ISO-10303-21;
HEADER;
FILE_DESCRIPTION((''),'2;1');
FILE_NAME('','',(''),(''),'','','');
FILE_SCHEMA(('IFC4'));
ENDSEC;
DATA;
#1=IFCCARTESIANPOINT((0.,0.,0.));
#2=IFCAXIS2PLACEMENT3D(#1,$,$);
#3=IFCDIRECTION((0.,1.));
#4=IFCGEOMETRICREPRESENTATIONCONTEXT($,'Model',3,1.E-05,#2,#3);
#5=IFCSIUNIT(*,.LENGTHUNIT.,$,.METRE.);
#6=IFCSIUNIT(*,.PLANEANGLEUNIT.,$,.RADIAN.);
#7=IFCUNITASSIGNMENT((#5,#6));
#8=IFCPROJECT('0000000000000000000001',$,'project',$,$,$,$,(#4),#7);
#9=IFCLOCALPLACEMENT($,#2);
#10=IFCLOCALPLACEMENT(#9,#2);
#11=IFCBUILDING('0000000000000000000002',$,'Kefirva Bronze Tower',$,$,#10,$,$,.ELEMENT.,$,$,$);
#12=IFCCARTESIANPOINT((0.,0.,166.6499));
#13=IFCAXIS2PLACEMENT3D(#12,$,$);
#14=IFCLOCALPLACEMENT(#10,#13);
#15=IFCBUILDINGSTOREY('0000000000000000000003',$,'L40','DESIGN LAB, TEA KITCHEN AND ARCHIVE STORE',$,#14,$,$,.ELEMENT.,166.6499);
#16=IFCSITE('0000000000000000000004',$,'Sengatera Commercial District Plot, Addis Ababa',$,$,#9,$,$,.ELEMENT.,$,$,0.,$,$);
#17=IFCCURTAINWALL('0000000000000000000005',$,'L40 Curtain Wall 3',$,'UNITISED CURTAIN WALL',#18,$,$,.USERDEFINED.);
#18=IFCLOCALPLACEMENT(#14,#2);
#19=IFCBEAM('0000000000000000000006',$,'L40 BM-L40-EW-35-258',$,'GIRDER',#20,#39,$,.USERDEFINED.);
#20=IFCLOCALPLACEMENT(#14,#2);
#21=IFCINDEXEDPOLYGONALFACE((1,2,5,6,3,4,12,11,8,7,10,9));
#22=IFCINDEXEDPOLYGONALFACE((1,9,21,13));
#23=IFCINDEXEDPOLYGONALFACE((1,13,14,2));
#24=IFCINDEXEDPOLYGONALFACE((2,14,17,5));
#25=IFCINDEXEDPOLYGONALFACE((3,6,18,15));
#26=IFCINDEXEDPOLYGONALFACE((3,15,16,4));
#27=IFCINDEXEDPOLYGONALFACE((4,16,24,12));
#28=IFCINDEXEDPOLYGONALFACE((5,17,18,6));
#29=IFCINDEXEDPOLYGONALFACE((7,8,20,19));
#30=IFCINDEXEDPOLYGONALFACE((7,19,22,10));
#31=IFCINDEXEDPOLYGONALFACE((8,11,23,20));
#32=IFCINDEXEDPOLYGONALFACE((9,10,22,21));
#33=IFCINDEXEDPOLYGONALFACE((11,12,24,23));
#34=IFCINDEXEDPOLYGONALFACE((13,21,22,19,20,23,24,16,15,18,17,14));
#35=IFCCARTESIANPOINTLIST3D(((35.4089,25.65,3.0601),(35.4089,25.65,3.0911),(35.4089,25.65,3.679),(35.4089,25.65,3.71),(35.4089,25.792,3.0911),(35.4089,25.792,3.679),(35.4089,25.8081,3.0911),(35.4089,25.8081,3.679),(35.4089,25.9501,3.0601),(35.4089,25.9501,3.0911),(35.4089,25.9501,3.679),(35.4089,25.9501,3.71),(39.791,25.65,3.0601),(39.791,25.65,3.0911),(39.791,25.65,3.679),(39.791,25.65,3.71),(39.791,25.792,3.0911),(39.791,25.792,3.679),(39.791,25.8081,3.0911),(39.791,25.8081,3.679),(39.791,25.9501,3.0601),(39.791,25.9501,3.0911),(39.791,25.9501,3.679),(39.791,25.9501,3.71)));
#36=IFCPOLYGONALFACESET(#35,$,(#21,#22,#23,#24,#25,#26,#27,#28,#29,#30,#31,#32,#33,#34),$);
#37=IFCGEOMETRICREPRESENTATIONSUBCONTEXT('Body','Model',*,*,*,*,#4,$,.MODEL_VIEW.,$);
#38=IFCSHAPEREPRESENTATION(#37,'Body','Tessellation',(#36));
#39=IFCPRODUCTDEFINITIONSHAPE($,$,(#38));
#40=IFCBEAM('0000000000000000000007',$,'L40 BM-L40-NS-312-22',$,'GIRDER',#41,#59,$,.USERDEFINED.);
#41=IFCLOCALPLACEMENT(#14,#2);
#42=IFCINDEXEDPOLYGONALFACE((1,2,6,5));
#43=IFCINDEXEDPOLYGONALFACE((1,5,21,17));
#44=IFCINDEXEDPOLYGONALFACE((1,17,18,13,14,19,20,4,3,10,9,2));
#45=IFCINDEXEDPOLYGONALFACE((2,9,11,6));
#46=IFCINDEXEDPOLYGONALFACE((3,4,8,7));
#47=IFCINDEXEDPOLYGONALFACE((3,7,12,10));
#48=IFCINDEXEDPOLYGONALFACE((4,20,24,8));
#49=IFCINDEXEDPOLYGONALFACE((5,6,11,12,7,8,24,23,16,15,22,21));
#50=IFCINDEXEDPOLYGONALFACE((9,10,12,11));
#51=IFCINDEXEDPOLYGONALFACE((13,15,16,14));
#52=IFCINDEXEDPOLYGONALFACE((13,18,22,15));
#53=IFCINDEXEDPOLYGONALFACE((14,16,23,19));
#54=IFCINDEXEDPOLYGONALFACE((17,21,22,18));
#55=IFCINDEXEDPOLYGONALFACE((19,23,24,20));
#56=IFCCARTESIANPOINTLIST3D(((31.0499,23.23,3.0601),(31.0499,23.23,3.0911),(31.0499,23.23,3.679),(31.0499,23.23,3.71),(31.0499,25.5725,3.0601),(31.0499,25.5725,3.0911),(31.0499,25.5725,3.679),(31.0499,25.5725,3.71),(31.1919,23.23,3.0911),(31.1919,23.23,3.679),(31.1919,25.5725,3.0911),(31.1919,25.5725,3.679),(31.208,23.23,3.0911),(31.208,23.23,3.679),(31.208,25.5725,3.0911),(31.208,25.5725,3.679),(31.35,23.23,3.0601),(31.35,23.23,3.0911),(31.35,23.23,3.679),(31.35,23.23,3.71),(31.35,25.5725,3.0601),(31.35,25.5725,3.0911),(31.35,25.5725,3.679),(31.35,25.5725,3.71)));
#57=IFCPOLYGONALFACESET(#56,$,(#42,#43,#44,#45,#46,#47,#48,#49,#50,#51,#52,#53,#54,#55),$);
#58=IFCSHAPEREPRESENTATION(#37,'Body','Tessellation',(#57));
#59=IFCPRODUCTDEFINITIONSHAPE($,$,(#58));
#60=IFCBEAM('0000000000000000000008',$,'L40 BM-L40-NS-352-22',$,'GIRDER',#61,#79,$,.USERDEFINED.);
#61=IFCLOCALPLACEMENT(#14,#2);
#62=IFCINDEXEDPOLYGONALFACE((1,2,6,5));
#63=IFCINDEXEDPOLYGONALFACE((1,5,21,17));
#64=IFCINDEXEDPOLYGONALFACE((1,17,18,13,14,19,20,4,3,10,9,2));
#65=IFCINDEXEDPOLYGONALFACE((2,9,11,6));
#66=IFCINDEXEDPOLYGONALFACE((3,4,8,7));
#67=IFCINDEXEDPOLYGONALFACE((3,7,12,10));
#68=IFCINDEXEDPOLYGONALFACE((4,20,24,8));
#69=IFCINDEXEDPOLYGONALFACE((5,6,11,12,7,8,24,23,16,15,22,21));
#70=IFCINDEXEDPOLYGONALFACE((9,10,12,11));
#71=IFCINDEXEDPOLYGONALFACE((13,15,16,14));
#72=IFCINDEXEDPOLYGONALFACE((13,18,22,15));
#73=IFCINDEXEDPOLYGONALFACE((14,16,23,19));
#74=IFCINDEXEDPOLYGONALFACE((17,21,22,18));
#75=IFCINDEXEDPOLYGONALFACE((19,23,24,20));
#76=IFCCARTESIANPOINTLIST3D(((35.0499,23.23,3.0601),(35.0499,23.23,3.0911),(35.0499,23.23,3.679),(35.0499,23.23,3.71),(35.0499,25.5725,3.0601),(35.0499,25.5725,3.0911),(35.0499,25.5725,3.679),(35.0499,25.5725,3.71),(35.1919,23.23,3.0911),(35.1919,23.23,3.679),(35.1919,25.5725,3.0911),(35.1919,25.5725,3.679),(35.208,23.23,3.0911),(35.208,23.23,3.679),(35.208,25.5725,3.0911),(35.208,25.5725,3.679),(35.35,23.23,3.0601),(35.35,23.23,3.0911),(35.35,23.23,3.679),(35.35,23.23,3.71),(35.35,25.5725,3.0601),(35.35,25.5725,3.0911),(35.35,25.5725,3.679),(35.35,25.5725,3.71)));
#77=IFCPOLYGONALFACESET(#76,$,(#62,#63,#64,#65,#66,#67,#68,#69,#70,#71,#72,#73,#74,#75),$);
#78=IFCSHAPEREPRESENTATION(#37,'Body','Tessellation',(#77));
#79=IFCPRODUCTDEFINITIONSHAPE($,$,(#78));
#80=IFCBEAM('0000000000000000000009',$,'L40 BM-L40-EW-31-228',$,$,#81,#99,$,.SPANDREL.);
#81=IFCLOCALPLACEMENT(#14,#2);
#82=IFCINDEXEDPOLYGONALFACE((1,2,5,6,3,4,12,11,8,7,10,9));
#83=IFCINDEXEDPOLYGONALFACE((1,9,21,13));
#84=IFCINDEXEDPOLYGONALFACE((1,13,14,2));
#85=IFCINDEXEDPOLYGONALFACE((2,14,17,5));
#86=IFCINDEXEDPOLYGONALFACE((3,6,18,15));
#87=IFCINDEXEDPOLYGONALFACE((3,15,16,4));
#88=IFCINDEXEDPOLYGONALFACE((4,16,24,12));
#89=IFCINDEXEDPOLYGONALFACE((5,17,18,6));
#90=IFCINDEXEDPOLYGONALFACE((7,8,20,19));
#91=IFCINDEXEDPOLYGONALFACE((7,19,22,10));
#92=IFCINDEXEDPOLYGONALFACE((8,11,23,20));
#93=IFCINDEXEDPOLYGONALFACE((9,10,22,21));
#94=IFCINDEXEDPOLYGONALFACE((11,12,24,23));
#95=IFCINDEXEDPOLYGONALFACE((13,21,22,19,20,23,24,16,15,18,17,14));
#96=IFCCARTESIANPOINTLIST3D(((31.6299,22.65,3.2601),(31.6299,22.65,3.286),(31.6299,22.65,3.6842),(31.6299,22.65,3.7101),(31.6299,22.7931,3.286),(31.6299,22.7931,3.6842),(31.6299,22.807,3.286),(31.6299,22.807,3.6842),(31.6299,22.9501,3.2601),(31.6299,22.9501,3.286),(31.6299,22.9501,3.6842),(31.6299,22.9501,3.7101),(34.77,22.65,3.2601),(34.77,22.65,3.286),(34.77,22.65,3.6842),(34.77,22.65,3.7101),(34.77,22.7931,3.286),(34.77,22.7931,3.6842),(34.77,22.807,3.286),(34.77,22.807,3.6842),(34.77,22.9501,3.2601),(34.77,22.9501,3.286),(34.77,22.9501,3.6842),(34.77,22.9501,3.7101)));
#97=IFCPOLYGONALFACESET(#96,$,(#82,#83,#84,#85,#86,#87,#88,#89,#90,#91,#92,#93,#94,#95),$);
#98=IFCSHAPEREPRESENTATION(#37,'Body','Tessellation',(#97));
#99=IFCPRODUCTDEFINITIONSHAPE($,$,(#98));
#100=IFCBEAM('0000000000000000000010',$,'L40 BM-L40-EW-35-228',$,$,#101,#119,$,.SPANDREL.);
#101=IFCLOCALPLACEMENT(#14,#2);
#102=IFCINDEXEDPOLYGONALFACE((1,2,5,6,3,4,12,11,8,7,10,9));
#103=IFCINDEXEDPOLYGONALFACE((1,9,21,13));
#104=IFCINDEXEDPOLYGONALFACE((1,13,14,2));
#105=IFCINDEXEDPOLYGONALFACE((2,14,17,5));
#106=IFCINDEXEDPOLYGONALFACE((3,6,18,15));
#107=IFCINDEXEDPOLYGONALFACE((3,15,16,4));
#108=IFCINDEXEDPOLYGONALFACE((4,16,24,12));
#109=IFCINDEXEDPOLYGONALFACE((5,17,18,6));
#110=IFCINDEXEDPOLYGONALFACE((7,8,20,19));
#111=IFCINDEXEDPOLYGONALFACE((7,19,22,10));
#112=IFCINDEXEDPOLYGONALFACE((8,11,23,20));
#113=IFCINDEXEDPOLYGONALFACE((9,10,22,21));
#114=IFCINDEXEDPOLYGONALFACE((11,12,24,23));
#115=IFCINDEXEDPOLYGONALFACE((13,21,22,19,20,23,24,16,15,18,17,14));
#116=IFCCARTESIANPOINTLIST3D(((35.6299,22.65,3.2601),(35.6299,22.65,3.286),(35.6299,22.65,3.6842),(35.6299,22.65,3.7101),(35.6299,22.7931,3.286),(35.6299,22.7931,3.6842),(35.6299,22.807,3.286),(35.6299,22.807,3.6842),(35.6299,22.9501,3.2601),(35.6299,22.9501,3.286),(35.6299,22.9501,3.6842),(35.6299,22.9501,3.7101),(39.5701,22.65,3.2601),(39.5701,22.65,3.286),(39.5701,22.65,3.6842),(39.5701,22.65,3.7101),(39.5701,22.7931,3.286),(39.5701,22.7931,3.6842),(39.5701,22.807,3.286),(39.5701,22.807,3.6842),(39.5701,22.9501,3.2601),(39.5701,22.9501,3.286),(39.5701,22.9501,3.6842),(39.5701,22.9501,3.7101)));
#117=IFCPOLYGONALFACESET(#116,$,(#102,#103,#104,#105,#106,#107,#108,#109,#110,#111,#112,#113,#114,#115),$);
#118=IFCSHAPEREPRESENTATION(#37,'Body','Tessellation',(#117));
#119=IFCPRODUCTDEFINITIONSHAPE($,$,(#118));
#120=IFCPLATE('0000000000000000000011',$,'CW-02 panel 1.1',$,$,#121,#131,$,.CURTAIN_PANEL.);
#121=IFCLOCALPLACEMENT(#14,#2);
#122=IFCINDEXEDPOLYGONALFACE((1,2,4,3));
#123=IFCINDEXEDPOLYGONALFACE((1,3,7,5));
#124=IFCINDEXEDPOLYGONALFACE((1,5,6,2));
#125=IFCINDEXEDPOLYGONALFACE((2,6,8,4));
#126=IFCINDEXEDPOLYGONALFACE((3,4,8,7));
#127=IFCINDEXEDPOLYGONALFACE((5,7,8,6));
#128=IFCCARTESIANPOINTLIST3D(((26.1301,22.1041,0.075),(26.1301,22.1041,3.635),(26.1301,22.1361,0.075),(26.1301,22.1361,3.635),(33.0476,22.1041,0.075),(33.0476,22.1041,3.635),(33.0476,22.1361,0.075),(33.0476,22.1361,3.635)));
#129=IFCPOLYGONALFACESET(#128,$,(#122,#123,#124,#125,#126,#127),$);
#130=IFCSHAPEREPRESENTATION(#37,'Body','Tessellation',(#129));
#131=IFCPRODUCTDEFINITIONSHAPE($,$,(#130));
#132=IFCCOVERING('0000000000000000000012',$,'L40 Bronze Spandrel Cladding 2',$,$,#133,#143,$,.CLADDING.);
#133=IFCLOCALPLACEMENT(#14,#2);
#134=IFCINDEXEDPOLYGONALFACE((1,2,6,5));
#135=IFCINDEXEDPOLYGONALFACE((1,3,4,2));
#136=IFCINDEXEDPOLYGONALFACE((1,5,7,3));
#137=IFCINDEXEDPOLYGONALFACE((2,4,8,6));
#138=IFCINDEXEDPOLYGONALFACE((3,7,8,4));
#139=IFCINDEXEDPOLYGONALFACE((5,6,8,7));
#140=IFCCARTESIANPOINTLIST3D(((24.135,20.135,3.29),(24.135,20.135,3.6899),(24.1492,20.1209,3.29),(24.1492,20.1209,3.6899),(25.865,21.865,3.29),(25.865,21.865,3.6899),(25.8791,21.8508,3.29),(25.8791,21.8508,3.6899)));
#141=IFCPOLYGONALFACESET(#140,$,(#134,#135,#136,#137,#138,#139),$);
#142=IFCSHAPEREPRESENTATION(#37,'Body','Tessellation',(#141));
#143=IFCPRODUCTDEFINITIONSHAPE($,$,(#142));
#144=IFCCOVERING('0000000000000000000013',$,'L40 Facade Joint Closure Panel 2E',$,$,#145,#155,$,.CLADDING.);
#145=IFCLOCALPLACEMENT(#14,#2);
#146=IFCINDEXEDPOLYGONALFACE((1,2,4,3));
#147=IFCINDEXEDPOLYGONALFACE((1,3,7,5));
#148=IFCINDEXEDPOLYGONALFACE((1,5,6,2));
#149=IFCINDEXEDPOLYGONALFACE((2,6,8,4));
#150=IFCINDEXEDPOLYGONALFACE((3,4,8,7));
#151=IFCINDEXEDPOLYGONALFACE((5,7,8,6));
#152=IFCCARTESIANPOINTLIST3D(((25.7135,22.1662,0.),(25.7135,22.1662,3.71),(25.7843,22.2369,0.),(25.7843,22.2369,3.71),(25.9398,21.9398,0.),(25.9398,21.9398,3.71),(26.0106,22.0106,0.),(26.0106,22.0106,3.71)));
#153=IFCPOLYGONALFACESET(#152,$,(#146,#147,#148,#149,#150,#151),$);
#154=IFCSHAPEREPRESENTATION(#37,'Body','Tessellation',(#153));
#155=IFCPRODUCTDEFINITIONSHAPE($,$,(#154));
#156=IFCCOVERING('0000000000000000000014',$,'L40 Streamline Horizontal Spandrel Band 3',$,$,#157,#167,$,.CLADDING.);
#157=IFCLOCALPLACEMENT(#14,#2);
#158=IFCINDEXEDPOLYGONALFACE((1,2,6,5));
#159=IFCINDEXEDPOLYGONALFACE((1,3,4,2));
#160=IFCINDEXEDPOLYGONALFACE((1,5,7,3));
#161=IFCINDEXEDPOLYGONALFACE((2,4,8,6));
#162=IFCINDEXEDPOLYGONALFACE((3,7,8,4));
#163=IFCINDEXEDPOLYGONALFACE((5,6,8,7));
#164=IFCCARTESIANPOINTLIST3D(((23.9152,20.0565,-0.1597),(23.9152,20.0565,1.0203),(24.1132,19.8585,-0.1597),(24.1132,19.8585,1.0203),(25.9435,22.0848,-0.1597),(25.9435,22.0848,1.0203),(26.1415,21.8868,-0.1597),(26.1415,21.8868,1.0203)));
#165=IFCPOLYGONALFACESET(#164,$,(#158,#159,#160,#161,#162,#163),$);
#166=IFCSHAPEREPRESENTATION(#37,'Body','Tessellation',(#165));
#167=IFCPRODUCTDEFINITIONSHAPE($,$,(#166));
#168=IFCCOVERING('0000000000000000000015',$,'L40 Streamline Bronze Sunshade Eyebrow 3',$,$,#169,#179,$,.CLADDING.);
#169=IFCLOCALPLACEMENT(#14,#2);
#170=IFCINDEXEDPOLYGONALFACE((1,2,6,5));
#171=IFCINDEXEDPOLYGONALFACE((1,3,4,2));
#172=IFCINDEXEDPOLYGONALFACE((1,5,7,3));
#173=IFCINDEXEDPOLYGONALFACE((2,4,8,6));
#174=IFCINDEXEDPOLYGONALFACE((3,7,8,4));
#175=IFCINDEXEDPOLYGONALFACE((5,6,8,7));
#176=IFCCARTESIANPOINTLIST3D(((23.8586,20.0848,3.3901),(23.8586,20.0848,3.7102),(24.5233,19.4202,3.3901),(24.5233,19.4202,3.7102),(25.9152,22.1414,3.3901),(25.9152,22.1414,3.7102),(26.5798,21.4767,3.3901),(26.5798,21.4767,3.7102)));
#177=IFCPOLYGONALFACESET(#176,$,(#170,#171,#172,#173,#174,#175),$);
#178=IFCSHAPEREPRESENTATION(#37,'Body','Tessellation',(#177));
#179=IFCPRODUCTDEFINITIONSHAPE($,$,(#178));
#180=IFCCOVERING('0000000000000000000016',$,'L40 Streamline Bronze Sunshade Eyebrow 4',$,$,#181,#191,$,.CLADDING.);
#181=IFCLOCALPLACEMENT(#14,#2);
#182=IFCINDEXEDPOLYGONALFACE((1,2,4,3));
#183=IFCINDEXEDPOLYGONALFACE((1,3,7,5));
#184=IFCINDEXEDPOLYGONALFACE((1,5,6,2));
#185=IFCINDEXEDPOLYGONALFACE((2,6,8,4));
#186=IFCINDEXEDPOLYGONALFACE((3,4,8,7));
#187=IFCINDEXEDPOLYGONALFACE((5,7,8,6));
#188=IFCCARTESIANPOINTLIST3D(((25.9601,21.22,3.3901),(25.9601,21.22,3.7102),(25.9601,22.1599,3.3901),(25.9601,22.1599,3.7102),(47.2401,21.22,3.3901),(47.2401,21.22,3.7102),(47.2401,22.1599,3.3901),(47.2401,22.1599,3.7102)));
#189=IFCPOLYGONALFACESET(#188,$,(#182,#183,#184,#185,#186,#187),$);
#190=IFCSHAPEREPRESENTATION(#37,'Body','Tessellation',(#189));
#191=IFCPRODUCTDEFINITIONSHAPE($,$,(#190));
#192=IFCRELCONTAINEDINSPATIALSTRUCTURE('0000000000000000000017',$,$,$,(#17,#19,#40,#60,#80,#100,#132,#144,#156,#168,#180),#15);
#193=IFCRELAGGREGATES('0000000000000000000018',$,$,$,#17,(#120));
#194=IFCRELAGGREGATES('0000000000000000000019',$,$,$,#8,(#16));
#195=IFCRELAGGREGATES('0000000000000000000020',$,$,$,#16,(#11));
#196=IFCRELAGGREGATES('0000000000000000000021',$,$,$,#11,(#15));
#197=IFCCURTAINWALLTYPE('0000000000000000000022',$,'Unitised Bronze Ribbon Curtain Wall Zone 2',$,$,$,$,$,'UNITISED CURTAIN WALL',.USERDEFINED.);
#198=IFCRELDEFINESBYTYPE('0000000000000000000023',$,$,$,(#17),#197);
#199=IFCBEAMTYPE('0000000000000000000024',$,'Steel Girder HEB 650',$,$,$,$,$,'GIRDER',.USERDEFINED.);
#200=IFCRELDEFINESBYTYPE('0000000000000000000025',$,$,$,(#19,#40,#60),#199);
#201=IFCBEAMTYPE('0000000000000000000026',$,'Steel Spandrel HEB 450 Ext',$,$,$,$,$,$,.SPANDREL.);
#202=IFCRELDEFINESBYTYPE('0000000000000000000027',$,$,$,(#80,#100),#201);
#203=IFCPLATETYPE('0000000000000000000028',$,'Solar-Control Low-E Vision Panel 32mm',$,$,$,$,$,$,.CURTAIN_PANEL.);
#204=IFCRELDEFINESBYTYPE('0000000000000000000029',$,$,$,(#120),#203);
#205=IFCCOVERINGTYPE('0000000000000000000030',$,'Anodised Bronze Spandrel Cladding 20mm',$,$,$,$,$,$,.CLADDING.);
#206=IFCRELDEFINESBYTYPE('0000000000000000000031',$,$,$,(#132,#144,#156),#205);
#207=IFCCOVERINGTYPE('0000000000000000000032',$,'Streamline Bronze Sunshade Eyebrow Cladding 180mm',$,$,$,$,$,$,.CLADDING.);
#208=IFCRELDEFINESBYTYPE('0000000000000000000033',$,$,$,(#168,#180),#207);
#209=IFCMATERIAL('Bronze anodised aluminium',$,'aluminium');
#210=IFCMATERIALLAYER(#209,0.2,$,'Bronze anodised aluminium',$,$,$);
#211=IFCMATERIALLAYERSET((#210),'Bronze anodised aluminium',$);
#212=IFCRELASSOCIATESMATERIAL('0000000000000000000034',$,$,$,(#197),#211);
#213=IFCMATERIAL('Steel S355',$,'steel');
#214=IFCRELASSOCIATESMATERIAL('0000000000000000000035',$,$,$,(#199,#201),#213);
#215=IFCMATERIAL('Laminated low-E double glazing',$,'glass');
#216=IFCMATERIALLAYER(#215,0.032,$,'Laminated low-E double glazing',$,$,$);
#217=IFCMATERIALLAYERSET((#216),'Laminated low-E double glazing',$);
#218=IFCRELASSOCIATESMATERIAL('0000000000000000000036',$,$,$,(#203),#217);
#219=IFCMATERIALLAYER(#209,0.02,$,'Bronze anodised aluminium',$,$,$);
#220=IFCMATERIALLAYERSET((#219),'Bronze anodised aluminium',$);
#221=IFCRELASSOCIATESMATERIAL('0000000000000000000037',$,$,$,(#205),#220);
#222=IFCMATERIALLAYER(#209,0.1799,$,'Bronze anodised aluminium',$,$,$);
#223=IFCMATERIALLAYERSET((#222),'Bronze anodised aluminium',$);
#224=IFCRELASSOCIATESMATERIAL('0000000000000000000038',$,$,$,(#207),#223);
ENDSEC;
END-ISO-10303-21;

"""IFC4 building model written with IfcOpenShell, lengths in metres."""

from ifc_helpers import new_model, si_unit, direction, frame, origin, origin_2d, place, context, subcontext, project, spatial, rectangle, i_section, extrude, material, layer, layer_set, material_profile, profile_set, type_object, element, aggregate, save


model = new_model("IFC4")

# Units and contexts
model_context = context("Model", 3, precision=1e-05, world=origin(), true_north=direction((0.0, 1.0)))
body_context = subcontext(model_context, "Body", "Model", "MODEL_VIEW")
ifc_project = project(units=[si_unit("LENGTHUNIT", "METRE"), si_unit("PLANEANGLEUNIT", "RADIAN")], contexts=[model_context])

# Site, building, storey
site_placement = place(None, origin())
site = spatial("IfcSite", under=ifc_project, at=site_placement, Name="Sengatera Commercial District Plot, Addis Ababa", CompositionType="ELEMENT", RefElevation=0.0)
building_placement = place(site_placement, origin())
building = spatial("IfcBuilding", under=site, at=building_placement, Name="Kefirva Bronze Tower", CompositionType="ELEMENT")
storey_placement = place(building_placement, frame((0.0, 0.0, 166.6499)))
storey = spatial("IfcBuildingStorey", under=building, at=storey_placement, Name="L40", Description="DESIGN LAB, TEA KITCHEN AND ARCHIVE STORE", CompositionType="ELEMENT", Elevation=166.6499)

# Curtain wall
ifc_material_1 = material(Name="Bronze anodised aluminium", Category="aluminium")
ifc_layer_1 = layer(ifc_material_1, 0.2, Name="Bronze anodised aluminium")
ifc_layer_set_1 = layer_set([ifc_layer_1], Name="Bronze anodised aluminium")
curtain_wall_type = type_object("IfcCurtainWallType", Name="Unitised Bronze Ribbon Curtain Wall Zone 2", ElementType="UNITISED CURTAIN WALL", PredefinedType="USERDEFINED", material=ifc_layer_set_1)
curtain_wall_placement = place(storey_placement, origin())
curtain_wall = element("IfcCurtainWall", 1, at=curtain_wall_placement, inside=storey, type_object=curtain_wall_type, Name="L40 Curtain Wall 3", ObjectType="UNITISED CURTAIN WALL", PredefinedType="USERDEFINED")

# Beams
ifc_material_2 = material(Name="Steel S355", Category="steel")
ifc_material_profile_1 = material_profile(ifc_material_2, i_section(OverallWidth=0.3, OverallDepth=0.6499, WebThickness=0.0161, FlangeThickness=0.031, at=origin_2d()), Name="HEB 650")
ifc_profile_set_1 = profile_set([ifc_material_profile_1], Name="Steel S355")
beam_type_1 = type_object("IfcBeamType", Name="Steel Girder HEB 650", ElementType="GIRDER", PredefinedType="USERDEFINED", material=ifc_profile_set_1)
beam_1_placement = place(storey_placement, frame((35.4089, 25.8, 3.385), z_axis=(1.0, 0.0, 0.0), x_axis=(0.0, 1.0, 0.0)))
element("IfcBeam", 2, at=beam_1_placement, inside=storey, type_object=beam_type_1, Name="L40 BM-L40-EW-35-258", ObjectType="GIRDER", PredefinedType="USERDEFINED", context=body_context, shape_type="SweptSolid", body=[
    extrude(i_section(OverallWidth=0.3, OverallDepth=0.6499, WebThickness=0.0161, FlangeThickness=0.031, at=origin_2d()), origin(), (0.0, 0.0, 1.0), 4.3821),
])
for number, where, z_axis, x_axis, name in (
    (3, (31.2, 23.23, 3.385), (0.0, 1.0, 0.0), (-1.0, 0.0, 0.0), "L40 BM-L40-NS-312-22"),
    (4, (35.2, 23.23, 3.385), (0.0, 1.0, 0.0), (-1.0, 0.0, 0.0), "L40 BM-L40-NS-352-22"),
):
    element("IfcBeam", number, at=place(storey_placement, frame(where, z_axis=z_axis, x_axis=x_axis)), inside=storey, type_object=beam_type_1, Name=name, ObjectType="GIRDER", PredefinedType="USERDEFINED", context=body_context, shape_type="SweptSolid", body=[
        extrude(i_section(OverallWidth=0.3, OverallDepth=0.6499, WebThickness=0.0161, FlangeThickness=0.031, at=origin_2d()), origin(), (0.0, 0.0, 1.0), 2.3425),
    ])
ifc_material_profile_2 = material_profile(ifc_material_2, i_section(OverallWidth=0.3, OverallDepth=0.45, WebThickness=0.0139, FlangeThickness=0.0259, at=origin_2d()), Name="HEB 450")
ifc_profile_set_2 = profile_set([ifc_material_profile_2], Name="Steel S355")
beam_type_2 = type_object("IfcBeamType", Name="Steel Spandrel HEB 450 Ext", PredefinedType="SPANDREL", material=ifc_profile_set_2)
beam_2_placement = place(storey_placement, frame((31.6299, 22.8, 3.4851), z_axis=(1.0, 0.0, 0.0), x_axis=(0.0, 1.0, 0.0)))
element("IfcBeam", 5, at=beam_2_placement, inside=storey, type_object=beam_type_2, Name="L40 BM-L40-EW-31-228", PredefinedType="SPANDREL", context=body_context, shape_type="SweptSolid", body=[
    extrude(i_section(OverallWidth=0.3, OverallDepth=0.45, WebThickness=0.0139, FlangeThickness=0.0259, at=origin_2d()), origin(), (0.0, 0.0, 1.0), 3.1401),
])
beam_3_placement = place(storey_placement, frame((35.6299, 22.8, 3.4851), z_axis=(1.0, 0.0, 0.0), x_axis=(0.0, 1.0, 0.0)))
element("IfcBeam", 6, at=beam_3_placement, inside=storey, type_object=beam_type_2, Name="L40 BM-L40-EW-35-228", PredefinedType="SPANDREL", context=body_context, shape_type="SweptSolid", body=[
    extrude(i_section(OverallWidth=0.3, OverallDepth=0.45, WebThickness=0.0139, FlangeThickness=0.0259, at=origin_2d()), origin(), (0.0, 0.0, 1.0), 3.9402),
])

# Plate
ifc_material_3 = material(Name="Laminated low-E double glazing", Category="glass")
ifc_layer_2 = layer(ifc_material_3, 0.032, Name="Laminated low-E double glazing")
ifc_layer_set_2 = layer_set([ifc_layer_2], Name="Laminated low-E double glazing")
plate_type = type_object("IfcPlateType", Name="Solar-Control Low-E Vision Panel 32mm", PredefinedType="CURTAIN_PANEL", material=ifc_layer_set_2)
plate_placement = place(storey_placement, frame((29.5889, 22.1201, 0.075), z_axis=(0.0, 0.0, 1.0), x_axis=(1.0, 0.0, 0.0)))
plate = element("IfcPlate", 7, at=plate_placement, type_object=plate_type, Name="CW-02 panel 1.1", PredefinedType="CURTAIN_PANEL", context=body_context, shape_type="SweptSolid", body=[
    extrude(rectangle(XDim=6.9175, YDim=0.032, at=origin_2d()), origin(), (0.0, 0.0, 1.0), 3.5601),
])
aggregate(curtain_wall, [plate])

# Coverings
ifc_layer_3 = layer(ifc_material_1, 0.02, Name="Bronze anodised aluminium")
ifc_layer_set_3 = layer_set([ifc_layer_3], Name="Bronze anodised aluminium")
covering_type_1 = type_object("IfcCoveringType", Name="Anodised Bronze Spandrel Cladding 20mm", PredefinedType="CLADDING", material=ifc_layer_set_3)
covering_1_placement = place(storey_placement, frame((25.0071, 20.9929, 3.29), z_axis=(0.0, 0.0, 1.0), x_axis=(0.707107, 0.707107, 0.0)))
element("IfcCovering", 8, at=covering_1_placement, inside=storey, type_object=covering_type_1, Name="L40 Bronze Spandrel Cladding 2", PredefinedType="CLADDING", context=body_context, shape_type="SweptSolid", body=[
    extrude(rectangle(XDim=2.4465, YDim=0.02, at=origin_2d()), origin(), (0.0, 0.0, 1.0), 0.3999),
])
covering_2_placement = place(storey_placement, frame((25.8621, 22.0884, 0.0), z_axis=(0.0, 0.0, 1.0), x_axis=(0.707107, 0.707107, 0.0)))
element("IfcCovering", 9, at=covering_2_placement, inside=storey, type_object=covering_type_1, Name="L40 Facade Joint Closure Panel 2E", PredefinedType="CLADDING", context=body_context, shape_type="SweptSolid", body=[
    extrude(rectangle(XDim=0.1001, YDim=0.3201, at=origin_2d()), origin(), (0.0, 0.0, 1.0), 3.71),
])
covering_3_placement = place(storey_placement, frame((25.0283, 20.9717, -0.1597), z_axis=(0.0, 0.0, 1.0), x_axis=(0.707107, 0.707107, 0.0)))
element("IfcCovering", 10, at=covering_3_placement, inside=storey, type_object=covering_type_1, Name="L40 Streamline Horizontal Spandrel Band 3", PredefinedType="CLADDING", context=body_context, shape_type="SweptSolid", body=[
    extrude(rectangle(XDim=2.8684, YDim=0.28, at=origin_2d()), origin(), (0.0, 0.0, 1.0), 1.1799),
])
ifc_layer_4 = layer(ifc_material_1, 0.1799, Name="Bronze anodised aluminium")
ifc_layer_set_4 = layer_set([ifc_layer_4], Name="Bronze anodised aluminium")
covering_type_2 = type_object("IfcCoveringType", Name="Streamline Bronze Sunshade Eyebrow Cladding 180mm", PredefinedType="CLADDING", material=ifc_layer_set_4)
covering_4_placement = place(storey_placement, frame((25.2192, 20.7808, 3.3901), z_axis=(0.0, 0.0, 1.0), x_axis=(0.707107, 0.707107, 0.0)))
element("IfcCovering", 11, at=covering_4_placement, inside=storey, type_object=covering_type_2, Name="L40 Streamline Bronze Sunshade Eyebrow 3", PredefinedType="CLADDING", context=body_context, shape_type="SweptSolid", body=[
    extrude(rectangle(XDim=2.9084, YDim=0.9399, at=origin_2d()), origin(), (0.0, 0.0, 1.0), 0.3201),
])
covering_5_placement = place(storey_placement, frame((36.6001, 21.6899, 3.3901), z_axis=(0.0, 0.0, 1.0), x_axis=(1.0, 0.0, 0.0)))
element("IfcCovering", 12, at=covering_5_placement, inside=storey, type_object=covering_type_2, Name="L40 Streamline Bronze Sunshade Eyebrow 4", PredefinedType="CLADDING", context=body_context, shape_type="SweptSolid", body=[
    extrude(rectangle(XDim=21.28, YDim=0.9399, at=origin_2d()), origin(), (0.0, 0.0, 1.0), 0.3201),
])

save(model, "model.ifc")
